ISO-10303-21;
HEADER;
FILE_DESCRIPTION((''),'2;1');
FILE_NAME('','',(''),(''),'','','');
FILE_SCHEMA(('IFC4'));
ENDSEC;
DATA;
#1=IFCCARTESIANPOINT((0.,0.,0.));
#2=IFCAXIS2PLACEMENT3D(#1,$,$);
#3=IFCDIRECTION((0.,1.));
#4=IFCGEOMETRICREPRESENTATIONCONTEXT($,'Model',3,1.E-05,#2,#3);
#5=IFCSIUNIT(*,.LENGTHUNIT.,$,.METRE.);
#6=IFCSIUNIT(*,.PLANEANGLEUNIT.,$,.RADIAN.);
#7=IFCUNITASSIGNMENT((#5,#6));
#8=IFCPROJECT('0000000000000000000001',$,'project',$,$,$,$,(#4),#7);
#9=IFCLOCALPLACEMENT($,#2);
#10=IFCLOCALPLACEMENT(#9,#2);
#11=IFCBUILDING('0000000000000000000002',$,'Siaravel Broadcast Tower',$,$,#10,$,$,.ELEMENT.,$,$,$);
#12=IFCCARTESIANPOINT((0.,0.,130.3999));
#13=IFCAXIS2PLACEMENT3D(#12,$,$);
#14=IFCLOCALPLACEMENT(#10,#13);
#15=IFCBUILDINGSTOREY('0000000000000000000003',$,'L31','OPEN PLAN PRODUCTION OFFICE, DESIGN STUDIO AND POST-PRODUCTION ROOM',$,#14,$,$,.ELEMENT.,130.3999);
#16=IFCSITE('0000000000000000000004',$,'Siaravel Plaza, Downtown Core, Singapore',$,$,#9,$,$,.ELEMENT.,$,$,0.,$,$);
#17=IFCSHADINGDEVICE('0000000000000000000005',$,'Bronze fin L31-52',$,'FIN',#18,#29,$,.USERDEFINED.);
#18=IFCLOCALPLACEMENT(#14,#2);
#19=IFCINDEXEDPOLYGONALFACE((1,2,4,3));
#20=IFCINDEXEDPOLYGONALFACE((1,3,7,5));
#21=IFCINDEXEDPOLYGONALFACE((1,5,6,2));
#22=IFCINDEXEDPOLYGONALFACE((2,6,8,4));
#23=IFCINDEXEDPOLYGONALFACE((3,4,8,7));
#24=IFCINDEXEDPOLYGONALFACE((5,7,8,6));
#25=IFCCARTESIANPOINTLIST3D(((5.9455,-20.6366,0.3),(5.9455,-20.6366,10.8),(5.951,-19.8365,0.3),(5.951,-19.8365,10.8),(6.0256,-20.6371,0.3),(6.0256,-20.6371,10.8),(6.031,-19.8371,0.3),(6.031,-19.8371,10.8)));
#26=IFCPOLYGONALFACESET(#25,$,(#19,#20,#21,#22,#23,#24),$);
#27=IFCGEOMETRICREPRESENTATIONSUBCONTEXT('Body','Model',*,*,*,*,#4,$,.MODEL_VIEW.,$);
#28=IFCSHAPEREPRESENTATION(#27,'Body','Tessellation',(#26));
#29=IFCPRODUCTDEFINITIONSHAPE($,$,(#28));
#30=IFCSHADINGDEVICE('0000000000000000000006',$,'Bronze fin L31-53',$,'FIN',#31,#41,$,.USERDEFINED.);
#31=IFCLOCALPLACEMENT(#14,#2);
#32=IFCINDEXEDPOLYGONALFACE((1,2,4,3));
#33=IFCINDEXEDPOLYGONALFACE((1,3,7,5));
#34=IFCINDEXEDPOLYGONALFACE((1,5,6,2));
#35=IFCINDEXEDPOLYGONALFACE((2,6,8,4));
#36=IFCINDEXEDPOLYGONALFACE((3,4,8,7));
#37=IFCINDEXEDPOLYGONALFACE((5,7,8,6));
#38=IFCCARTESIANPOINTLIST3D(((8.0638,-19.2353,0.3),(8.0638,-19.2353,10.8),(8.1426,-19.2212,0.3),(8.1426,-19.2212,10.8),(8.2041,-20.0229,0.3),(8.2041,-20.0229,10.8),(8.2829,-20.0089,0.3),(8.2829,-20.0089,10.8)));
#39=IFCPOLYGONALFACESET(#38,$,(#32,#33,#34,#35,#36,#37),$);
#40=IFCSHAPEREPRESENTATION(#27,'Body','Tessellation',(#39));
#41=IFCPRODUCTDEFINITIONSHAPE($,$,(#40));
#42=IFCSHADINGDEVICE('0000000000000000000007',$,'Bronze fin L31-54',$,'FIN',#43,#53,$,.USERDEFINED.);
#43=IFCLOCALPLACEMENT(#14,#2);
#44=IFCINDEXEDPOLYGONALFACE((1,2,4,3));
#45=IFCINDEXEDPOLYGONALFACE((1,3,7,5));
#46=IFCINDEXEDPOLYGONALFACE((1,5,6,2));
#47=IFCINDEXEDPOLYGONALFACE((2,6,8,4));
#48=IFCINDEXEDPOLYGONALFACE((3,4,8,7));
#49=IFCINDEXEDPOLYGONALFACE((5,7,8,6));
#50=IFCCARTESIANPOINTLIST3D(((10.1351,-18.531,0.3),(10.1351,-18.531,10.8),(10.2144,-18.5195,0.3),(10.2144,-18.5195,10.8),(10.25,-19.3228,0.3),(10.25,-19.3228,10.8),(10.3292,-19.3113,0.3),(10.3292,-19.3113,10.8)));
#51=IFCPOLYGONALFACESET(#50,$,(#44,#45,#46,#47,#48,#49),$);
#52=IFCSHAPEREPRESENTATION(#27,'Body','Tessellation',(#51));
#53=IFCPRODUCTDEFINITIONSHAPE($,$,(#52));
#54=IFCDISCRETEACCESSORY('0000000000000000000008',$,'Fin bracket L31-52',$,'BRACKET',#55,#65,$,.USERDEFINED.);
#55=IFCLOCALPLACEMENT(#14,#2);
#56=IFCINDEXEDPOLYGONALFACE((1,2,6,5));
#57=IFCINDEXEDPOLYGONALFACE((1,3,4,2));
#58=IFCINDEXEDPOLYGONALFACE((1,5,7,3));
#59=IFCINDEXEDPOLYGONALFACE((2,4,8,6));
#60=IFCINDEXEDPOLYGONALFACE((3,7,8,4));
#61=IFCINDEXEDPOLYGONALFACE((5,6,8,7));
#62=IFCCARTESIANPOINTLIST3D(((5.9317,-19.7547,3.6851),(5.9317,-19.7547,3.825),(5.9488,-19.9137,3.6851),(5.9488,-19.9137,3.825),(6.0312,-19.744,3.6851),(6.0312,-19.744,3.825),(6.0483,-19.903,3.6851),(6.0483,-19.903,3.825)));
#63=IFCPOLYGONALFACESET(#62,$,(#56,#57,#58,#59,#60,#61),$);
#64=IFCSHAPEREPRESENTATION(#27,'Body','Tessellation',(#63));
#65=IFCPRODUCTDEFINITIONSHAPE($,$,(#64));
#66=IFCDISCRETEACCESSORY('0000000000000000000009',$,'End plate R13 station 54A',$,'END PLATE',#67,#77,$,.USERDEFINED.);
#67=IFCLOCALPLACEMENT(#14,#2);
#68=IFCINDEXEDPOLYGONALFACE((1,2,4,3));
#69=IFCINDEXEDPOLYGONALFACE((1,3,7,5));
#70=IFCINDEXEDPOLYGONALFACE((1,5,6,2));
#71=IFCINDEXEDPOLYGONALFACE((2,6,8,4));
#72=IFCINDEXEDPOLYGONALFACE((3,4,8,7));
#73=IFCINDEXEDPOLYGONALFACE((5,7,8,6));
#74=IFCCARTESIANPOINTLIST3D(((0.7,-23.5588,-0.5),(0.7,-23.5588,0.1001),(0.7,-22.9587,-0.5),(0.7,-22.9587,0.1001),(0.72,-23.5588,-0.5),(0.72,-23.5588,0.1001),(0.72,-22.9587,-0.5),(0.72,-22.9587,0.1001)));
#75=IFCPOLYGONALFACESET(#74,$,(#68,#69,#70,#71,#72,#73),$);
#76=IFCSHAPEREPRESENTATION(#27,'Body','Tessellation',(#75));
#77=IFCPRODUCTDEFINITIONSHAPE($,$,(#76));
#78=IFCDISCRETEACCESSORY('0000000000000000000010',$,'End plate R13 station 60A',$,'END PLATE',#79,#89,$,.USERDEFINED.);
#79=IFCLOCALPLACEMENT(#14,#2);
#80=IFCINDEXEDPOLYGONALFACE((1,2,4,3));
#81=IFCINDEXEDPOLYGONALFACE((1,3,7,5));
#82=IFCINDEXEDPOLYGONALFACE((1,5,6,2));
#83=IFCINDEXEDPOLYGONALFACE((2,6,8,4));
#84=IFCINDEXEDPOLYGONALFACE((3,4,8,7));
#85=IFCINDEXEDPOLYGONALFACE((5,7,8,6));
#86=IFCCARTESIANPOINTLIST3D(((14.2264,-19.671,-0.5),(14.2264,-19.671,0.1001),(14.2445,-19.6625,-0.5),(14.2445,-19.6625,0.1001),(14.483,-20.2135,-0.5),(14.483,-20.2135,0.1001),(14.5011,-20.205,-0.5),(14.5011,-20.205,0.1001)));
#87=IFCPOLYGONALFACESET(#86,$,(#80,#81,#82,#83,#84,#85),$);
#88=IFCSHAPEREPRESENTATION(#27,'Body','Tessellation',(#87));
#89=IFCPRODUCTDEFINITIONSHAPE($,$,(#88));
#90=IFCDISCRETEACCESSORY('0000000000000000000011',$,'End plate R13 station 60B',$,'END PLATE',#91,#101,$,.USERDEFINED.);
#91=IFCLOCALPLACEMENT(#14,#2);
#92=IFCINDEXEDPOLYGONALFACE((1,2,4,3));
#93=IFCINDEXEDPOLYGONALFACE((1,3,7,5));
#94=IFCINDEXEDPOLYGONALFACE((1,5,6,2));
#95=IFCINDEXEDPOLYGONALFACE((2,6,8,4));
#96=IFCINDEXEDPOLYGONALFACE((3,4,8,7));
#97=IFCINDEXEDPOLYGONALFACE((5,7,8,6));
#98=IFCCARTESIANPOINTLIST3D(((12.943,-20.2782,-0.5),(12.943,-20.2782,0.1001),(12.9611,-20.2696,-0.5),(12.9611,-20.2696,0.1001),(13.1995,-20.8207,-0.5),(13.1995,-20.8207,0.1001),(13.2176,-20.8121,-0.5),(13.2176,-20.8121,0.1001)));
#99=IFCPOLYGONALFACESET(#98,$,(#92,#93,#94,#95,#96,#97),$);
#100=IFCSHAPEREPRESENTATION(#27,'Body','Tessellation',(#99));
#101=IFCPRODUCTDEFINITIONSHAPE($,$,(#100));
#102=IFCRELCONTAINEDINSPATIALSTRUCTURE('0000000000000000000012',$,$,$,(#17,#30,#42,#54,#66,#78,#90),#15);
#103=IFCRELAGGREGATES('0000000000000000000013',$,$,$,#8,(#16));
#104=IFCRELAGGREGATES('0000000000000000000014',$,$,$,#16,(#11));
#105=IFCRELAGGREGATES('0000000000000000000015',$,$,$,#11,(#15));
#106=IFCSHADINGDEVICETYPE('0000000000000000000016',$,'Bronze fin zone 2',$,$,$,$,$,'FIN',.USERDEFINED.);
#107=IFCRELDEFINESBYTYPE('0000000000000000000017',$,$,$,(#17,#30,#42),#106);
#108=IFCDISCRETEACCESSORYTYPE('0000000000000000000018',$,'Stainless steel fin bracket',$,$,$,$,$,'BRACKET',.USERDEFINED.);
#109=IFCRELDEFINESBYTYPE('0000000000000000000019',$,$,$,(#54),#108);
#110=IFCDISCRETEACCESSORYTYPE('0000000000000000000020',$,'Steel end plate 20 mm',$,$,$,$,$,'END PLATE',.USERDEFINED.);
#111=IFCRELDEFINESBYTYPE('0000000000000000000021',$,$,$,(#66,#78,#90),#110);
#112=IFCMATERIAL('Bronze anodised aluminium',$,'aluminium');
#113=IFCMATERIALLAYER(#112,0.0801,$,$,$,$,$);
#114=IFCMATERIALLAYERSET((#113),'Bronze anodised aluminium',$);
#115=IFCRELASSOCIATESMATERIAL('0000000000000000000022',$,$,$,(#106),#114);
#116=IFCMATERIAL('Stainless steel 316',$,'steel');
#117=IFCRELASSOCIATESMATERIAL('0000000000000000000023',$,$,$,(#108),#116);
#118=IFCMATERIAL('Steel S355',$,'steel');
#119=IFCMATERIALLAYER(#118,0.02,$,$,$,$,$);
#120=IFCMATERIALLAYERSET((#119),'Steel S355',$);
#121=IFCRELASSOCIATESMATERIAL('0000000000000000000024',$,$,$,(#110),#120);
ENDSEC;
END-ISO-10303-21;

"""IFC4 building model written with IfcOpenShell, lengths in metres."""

from ifc_helpers import new_model, si_unit, direction, frame, origin, origin_2d, place, context, subcontext, project, spatial, rectangle, extrude, material, layer, layer_set, type_object, element, save


model = new_model("IFC4")

# Units and contexts
model_context = context("Model", 3, precision=1e-05, world=origin(), true_north=direction((0.0, 1.0)))
body_context = subcontext(model_context, "Body", "Model", "MODEL_VIEW")
ifc_project = project(units=[si_unit("LENGTHUNIT", "METRE"), si_unit("PLANEANGLEUNIT", "RADIAN")], contexts=[model_context])

# Site, building, storey
site_placement = place(None, origin())
site = spatial("IfcSite", under=ifc_project, at=site_placement, Name="Siaravel Plaza, Downtown Core, Singapore", CompositionType="ELEMENT", RefElevation=0.0)
building_placement = place(site_placement, origin())
building = spatial("IfcBuilding", under=site, at=building_placement, Name="Siaravel Broadcast Tower", CompositionType="ELEMENT")
storey_placement = place(building_placement, frame((0.0, 0.0, 130.3999)))
storey = spatial("IfcBuildingStorey", under=building, at=storey_placement, Name="L31", Description="OPEN PLAN PRODUCTION OFFICE, DESIGN STUDIO AND POST-PRODUCTION ROOM", CompositionType="ELEMENT", Elevation=130.3999)

# Shared definitions
ifc_material_1 = material(Name="Steel S355", Category="steel")

# Shading devices
ifc_material_2 = material(Name="Bronze anodised aluminium", Category="aluminium")
ifc_layer_1 = layer(ifc_material_2, 0.0801)
ifc_layer_set_1 = layer_set([ifc_layer_1], Name="Bronze anodised aluminium")
shading_device_type = type_object("IfcShadingDeviceType", Name="Bronze fin zone 2", ElementType="FIN", PredefinedType="USERDEFINED", material=ifc_layer_set_1)
for number, where, z_axis, x_axis, name in (
    (1, (5.9883, -20.2368, 0.3), (0.0, 0.0, 1.0), (-0.006784, -0.999977, 0.0), "Bronze fin L31-52"),
    (2, (8.1733, -19.6221, 0.3), (0.0, 0.0, 1.0), (0.17536, -0.984504, 0.0), "Bronze fin L31-53"),
    (3, (10.2322, -18.9211, 0.3), (0.0, 0.0, 1.0), (0.143548, -0.989643, 0.0), "Bronze fin L31-54"),
):
    element("IfcShadingDevice", number, at=place(storey_placement, frame(where, z_axis=z_axis, x_axis=x_axis)), inside=storey, type_object=shading_device_type, Name=name, ObjectType="FIN", PredefinedType="USERDEFINED", context=body_context, shape_type="SweptSolid", body=[
        extrude(rectangle(XDim=0.8, YDim=0.0801, at=origin_2d()), origin(), (0.0, 0.0, 1.0), 10.5),
    ])

# Discrete accessories
ifc_material_3 = material(Name="Stainless steel 316", Category="steel")
discrete_accessory_type_1 = type_object("IfcDiscreteAccessoryType", Name="Stainless steel fin bracket", ElementType="BRACKET", PredefinedType="USERDEFINED", material=ifc_material_3)
discrete_accessory_placement = place(storey_placement, frame((5.99, -19.8289, 3.6851), z_axis=(0.0, 0.0, 1.0), x_axis=(0.107219, -0.994235, 0.0)))
element("IfcDiscreteAccessory", 4, at=discrete_accessory_placement, inside=storey, type_object=discrete_accessory_type_1, Name="Fin bracket L31-52", ObjectType="BRACKET", PredefinedType="USERDEFINED", context=body_context, shape_type="SweptSolid", body=[
    extrude(rectangle(XDim=0.1599, YDim=0.1001, at=origin_2d()), origin(), (0.0, 0.0, 1.0), 0.1399),
])
ifc_layer_2 = layer(ifc_material_1, 0.02)
ifc_layer_set_2 = layer_set([ifc_layer_2], Name="Steel S355")
discrete_accessory_type_2 = type_object("IfcDiscreteAccessoryType", Name="Steel end plate 20 mm", ElementType="END PLATE", PredefinedType="USERDEFINED", material=ifc_layer_set_2)
for number, where, z_axis, x_axis, name in (
    (5, (0.71, -23.2588, -0.5), (0.0, 0.0, 1.0), (1.0, 0.0, 0.0), "End plate R13 station 54A"),
    (6, (14.3638, -19.938, -0.5), (0.0, 0.0, 1.0), (0.904007, 0.427517, 0.0), "End plate R13 station 60A"),
    (7, (13.0803, -20.5452, -0.5), (0.0, 0.0, 1.0), (0.904007, 0.427517, 0.0), "End plate R13 station 60B"),
):
    element("IfcDiscreteAccessory", number, at=place(storey_placement, frame(where, z_axis=z_axis, x_axis=x_axis)), inside=storey, type_object=discrete_accessory_type_2, Name=name, ObjectType="END PLATE", PredefinedType="USERDEFINED", context=body_context, shape_type="SweptSolid", body=[
        extrude(rectangle(XDim=0.02, YDim=0.6001, at=origin_2d()), origin(), (0.0, 0.0, 1.0), 0.6001),
    ])

save(model, "model.ifc")
